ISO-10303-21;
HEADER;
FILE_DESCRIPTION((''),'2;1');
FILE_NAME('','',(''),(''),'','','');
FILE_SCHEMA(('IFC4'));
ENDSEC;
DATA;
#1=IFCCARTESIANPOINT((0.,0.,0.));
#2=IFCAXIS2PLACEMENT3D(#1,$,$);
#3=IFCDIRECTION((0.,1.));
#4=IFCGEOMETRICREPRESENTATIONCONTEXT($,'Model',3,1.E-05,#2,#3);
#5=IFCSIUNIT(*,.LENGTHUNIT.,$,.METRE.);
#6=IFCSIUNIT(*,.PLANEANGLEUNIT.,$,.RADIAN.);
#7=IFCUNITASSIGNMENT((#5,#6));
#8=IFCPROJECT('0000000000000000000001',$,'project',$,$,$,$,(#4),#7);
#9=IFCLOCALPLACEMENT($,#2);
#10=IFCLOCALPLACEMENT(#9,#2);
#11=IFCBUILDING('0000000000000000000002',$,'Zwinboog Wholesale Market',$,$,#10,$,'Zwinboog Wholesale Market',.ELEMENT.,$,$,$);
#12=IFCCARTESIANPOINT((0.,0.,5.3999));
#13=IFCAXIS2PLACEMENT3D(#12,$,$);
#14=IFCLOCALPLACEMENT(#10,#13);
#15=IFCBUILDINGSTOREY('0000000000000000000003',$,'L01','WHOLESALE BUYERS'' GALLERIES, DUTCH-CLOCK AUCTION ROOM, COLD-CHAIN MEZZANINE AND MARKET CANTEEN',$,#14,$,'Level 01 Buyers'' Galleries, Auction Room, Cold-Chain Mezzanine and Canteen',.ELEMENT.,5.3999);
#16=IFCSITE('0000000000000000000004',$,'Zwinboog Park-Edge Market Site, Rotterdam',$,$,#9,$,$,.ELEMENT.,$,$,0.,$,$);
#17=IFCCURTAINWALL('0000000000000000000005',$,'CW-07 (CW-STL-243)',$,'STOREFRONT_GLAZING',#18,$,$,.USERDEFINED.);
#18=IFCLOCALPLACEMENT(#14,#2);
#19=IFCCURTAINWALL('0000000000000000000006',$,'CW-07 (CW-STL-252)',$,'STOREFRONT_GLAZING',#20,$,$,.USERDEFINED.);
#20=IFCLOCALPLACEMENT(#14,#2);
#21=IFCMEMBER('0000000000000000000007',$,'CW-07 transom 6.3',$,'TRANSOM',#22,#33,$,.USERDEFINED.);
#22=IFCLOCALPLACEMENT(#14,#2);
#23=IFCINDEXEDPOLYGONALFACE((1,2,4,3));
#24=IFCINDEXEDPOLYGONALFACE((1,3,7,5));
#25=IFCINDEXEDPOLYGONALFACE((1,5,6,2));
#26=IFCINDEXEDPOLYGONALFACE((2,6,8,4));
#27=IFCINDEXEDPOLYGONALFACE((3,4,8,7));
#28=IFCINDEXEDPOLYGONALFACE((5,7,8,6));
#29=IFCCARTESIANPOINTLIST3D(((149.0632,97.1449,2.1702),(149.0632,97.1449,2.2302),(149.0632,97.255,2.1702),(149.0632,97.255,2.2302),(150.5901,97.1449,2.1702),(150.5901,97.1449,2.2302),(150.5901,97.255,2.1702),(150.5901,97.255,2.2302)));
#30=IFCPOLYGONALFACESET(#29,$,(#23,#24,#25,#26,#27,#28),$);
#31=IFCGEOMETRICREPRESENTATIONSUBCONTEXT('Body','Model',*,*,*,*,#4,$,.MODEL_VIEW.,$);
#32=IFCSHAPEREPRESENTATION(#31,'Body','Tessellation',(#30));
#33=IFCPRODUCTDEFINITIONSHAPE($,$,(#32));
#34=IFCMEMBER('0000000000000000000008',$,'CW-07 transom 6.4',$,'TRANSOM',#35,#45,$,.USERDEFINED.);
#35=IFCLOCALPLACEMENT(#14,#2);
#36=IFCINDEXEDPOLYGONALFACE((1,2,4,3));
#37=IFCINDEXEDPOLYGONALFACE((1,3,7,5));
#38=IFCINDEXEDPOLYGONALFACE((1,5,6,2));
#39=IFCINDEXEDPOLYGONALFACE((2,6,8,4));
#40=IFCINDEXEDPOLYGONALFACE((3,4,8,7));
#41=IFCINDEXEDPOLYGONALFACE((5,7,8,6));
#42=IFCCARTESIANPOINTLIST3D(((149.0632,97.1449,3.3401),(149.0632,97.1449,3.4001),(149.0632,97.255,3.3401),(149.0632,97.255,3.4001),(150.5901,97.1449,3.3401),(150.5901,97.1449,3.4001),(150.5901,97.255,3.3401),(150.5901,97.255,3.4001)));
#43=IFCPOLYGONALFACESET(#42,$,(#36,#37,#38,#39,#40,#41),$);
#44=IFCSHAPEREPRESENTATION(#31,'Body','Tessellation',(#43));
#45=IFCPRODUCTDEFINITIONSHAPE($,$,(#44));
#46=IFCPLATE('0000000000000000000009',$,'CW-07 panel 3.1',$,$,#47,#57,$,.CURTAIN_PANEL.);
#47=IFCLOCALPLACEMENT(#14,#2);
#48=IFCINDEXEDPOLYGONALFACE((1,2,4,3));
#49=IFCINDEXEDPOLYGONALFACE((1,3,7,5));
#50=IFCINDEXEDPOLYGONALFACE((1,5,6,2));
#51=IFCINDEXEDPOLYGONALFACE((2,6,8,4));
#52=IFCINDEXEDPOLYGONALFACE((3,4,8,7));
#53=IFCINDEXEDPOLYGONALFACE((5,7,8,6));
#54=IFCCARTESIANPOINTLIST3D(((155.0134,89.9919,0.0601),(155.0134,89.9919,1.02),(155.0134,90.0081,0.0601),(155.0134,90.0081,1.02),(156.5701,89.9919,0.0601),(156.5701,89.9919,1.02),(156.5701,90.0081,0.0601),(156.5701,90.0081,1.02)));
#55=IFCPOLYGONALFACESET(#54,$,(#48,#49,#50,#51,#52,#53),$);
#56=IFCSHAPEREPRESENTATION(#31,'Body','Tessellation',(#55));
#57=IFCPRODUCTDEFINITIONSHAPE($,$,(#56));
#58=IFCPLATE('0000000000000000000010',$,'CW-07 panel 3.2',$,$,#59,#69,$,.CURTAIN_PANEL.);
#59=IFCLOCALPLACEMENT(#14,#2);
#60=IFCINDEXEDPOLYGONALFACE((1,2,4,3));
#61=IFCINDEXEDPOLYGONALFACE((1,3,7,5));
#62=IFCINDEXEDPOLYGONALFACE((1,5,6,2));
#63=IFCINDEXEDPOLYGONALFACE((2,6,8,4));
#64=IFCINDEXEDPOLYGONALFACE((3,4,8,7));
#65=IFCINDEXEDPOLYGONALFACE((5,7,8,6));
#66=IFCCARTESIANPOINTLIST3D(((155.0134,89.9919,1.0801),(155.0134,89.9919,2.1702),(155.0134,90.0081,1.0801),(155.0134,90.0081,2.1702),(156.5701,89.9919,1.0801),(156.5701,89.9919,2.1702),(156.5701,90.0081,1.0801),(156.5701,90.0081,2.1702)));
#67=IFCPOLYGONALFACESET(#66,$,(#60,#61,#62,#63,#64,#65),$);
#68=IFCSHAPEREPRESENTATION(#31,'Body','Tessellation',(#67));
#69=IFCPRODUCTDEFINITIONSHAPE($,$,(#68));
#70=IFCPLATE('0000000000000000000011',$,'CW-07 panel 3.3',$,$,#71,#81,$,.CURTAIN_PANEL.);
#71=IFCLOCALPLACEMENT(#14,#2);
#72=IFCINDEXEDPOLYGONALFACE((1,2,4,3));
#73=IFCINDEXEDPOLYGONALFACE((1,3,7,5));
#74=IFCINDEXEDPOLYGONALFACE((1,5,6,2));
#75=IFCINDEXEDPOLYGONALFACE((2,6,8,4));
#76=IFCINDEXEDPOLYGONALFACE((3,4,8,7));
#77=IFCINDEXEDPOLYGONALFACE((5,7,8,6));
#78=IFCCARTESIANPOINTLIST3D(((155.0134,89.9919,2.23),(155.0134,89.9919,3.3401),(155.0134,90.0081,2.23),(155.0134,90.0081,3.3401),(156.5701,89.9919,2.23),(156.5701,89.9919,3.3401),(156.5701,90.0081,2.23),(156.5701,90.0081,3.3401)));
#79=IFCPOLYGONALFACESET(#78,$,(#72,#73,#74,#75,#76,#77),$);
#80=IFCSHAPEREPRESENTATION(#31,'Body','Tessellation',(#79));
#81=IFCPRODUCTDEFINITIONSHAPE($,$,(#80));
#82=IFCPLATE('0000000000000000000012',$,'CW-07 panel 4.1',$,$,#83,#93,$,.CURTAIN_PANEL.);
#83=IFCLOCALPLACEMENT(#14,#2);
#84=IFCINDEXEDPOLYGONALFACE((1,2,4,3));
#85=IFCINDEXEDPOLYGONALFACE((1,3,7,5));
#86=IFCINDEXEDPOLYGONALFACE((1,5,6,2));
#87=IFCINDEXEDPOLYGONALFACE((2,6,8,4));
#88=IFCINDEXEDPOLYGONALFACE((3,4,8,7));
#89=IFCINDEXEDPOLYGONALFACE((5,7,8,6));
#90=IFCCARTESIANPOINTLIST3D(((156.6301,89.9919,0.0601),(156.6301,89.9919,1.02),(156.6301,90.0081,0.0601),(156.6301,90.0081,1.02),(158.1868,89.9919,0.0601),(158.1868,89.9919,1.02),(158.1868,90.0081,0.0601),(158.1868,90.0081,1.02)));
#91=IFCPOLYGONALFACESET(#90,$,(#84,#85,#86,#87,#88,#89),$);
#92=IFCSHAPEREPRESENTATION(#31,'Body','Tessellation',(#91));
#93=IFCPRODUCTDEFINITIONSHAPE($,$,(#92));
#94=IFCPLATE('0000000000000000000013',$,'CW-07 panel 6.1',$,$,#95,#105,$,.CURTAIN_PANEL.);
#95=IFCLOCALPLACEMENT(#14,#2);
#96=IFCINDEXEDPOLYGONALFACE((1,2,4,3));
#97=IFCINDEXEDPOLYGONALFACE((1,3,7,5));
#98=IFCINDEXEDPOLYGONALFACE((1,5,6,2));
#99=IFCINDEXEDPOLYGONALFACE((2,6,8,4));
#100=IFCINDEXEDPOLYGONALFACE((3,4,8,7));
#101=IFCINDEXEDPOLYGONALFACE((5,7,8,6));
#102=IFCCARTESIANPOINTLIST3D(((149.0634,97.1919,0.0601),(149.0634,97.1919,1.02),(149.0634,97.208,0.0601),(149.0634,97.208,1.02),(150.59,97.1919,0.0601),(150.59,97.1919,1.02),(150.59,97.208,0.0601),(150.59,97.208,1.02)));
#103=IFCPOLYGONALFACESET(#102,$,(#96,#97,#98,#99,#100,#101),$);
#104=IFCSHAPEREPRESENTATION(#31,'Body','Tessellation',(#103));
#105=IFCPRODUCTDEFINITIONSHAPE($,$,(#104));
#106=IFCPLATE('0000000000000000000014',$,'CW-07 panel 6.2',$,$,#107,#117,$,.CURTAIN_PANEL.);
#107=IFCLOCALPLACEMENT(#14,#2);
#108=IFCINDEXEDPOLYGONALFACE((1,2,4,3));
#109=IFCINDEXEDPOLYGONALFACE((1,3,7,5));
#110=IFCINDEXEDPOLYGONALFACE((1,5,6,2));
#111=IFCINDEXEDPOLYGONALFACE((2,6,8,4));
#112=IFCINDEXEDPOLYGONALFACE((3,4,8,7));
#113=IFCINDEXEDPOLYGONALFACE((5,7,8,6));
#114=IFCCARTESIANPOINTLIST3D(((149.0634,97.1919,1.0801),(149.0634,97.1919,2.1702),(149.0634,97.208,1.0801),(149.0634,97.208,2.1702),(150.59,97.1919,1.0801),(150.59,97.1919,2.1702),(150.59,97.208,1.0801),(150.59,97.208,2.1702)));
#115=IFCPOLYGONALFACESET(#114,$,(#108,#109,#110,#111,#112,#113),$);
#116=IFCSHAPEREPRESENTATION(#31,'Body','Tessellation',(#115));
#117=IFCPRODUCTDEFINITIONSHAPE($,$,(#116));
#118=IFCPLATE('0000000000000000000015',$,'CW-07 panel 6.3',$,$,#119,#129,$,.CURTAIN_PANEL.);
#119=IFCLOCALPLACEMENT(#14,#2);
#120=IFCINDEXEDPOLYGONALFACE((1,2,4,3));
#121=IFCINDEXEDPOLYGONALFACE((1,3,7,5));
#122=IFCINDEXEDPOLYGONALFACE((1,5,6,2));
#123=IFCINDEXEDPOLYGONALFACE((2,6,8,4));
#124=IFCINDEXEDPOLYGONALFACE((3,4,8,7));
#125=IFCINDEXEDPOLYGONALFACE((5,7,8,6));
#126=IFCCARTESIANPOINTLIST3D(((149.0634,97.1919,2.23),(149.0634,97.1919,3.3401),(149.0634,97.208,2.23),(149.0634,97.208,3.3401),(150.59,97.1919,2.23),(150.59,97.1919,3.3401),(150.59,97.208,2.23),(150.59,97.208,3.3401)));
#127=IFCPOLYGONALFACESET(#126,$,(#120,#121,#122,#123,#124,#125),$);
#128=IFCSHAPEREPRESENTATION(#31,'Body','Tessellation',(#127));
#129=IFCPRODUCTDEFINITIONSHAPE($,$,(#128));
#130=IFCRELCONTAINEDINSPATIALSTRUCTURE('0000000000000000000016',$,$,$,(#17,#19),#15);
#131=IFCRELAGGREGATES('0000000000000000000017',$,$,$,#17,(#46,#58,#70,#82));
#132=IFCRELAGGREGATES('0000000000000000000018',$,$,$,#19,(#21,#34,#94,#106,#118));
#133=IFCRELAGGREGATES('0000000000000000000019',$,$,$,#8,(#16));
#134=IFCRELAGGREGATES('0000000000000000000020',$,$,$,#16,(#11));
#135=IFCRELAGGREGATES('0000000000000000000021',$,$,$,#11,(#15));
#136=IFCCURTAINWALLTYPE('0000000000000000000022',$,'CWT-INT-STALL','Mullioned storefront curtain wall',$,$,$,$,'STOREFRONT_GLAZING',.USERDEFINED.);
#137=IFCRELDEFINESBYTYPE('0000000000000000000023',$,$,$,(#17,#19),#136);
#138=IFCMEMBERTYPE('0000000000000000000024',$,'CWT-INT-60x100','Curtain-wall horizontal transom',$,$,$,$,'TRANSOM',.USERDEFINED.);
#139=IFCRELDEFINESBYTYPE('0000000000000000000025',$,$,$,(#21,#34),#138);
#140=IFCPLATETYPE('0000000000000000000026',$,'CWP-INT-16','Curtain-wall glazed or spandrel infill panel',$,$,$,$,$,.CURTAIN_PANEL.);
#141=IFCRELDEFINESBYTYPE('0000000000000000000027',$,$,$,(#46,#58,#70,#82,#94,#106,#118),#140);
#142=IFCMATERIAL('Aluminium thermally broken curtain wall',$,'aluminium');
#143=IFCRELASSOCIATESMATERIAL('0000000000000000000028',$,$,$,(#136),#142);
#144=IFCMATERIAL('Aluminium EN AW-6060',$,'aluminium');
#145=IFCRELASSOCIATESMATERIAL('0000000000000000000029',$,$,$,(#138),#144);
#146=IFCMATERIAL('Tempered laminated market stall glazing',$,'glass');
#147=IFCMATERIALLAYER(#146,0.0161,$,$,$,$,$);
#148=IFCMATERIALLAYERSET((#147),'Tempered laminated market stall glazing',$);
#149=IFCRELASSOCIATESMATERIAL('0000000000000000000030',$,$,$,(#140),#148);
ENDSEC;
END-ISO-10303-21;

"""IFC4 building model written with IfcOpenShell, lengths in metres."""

from ifc_helpers import new_model, si_unit, direction, frame, origin, origin_2d, place, context, subcontext, project, spatial, rectangle, extrude, material, layer, layer_set, material_profile, profile_set, type_object, element, aggregate, save


model = new_model("IFC4")

# Units and contexts
model_context = context("Model", 3, precision=1e-05, world=origin(), true_north=direction((0.0, 1.0)))
body_context = subcontext(model_context, "Body", "Model", "MODEL_VIEW")
ifc_project = project(units=[si_unit("LENGTHUNIT", "METRE"), si_unit("PLANEANGLEUNIT", "RADIAN")], contexts=[model_context])

# Site, building, storey
site_placement = place(None, origin())
site = spatial("IfcSite", under=ifc_project, at=site_placement, Name="Zwinboog Park-Edge Market Site, Rotterdam", CompositionType="ELEMENT", RefElevation=0.0)
building_placement = place(site_placement, origin())
building = spatial("IfcBuilding", under=site, at=building_placement, Name="Zwinboog Wholesale Market", LongName="Zwinboog Wholesale Market", CompositionType="ELEMENT")
storey_placement = place(building_placement, frame((0.0, 0.0, 5.3999)))
storey = spatial("IfcBuildingStorey", under=building, at=storey_placement, Name="L01", Description="WHOLESALE BUYERS' GALLERIES, DUTCH-CLOCK AUCTION ROOM, COLD-CHAIN MEZZANINE AND MARKET CANTEEN", LongName="Level 01 Buyers' Galleries, Auction Room, Cold-Chain Mezzanine and Canteen", CompositionType="ELEMENT", Elevation=5.3999)

# Curtain walls
ifc_material_1 = material(Name="Aluminium thermally broken curtain wall", Category="aluminium")
curtain_wall_type = type_object("IfcCurtainWallType", Name="CWT-INT-STALL", Description="Mullioned storefront curtain wall", ElementType="STOREFRONT_GLAZING", PredefinedType="USERDEFINED", material=ifc_material_1)
curtain_wall_1_placement = place(storey_placement, origin())
curtain_wall_1 = element("IfcCurtainWall", 1, at=curtain_wall_1_placement, inside=storey, type_object=curtain_wall_type, Name="CW-07 (CW-STL-243)", ObjectType="STOREFRONT_GLAZING", PredefinedType="USERDEFINED")
ifc_material_2 = material(Name="Aluminium EN AW-6060", Category="aluminium")
curtain_wall_2_placement = place(storey_placement, origin())
curtain_wall_2 = element("IfcCurtainWall", 2, at=curtain_wall_2_placement, inside=storey, type_object=curtain_wall_type, Name="CW-07 (CW-STL-252)", ObjectType="STOREFRONT_GLAZING", PredefinedType="USERDEFINED")

# Members
ifc_material_profile_1 = material_profile(ifc_material_2, rectangle(XDim=0.1101, YDim=0.0601, at=origin_2d()), Name="AL 60x110")
ifc_profile_set_1 = profile_set([ifc_material_profile_1], Name="Aluminium EN AW-6060")
member_type_1 = type_object("IfcMemberType", Name="CWT-INT-60x100", Description="Curtain-wall horizontal transom", ElementType="TRANSOM", PredefinedType="USERDEFINED", material=ifc_profile_set_1)
member_1_placement = place(storey_placement, frame((149.0632, 97.2, 2.2002), z_axis=(1.0, 0.0, 0.0), x_axis=(0.0, 1.0, 0.0)))
member_1 = element("IfcMember", 3, at=member_1_placement, type_object=member_type_1, Name="CW-07 transom 6.3", ObjectType="TRANSOM", PredefinedType="USERDEFINED", context=body_context, shape_type="SweptSolid", body=[
    extrude(rectangle(XDim=0.1101, YDim=0.0601, at=origin_2d()), origin(), (0.0, 0.0, 1.0), 1.5269),
])
member_2_placement = place(storey_placement, frame((149.0632, 97.2, 3.3701), z_axis=(1.0, 0.0, 0.0), x_axis=(0.0, 1.0, 0.0)))
member_2 = element("IfcMember", 4, at=member_2_placement, type_object=member_type_1, Name="CW-07 transom 6.4", ObjectType="TRANSOM", PredefinedType="USERDEFINED", context=body_context, shape_type="SweptSolid", body=[
    extrude(rectangle(XDim=0.1101, YDim=0.0601, at=origin_2d()), origin(), (0.0, 0.0, 1.0), 1.5269),
])

# Plates
ifc_material_3 = material(Name="Tempered laminated market stall glazing", Category="glass")
ifc_layer = layer(ifc_material_3, 0.0161)
ifc_layer_set = layer_set([ifc_layer], Name="Tempered laminated market stall glazing")
plate_type = type_object("IfcPlateType", Name="CWP-INT-16", Description="Curtain-wall glazed or spandrel infill panel", PredefinedType="CURTAIN_PANEL", material=ifc_layer_set)
plate_1_placement = place(storey_placement, frame((155.7917, 90.0, 0.0601), z_axis=(0.0, 0.0, 1.0), x_axis=(1.0, 0.0, 0.0)))
plate_1 = element("IfcPlate", 5, at=plate_1_placement, type_object=plate_type, Name="CW-07 panel 3.1", PredefinedType="CURTAIN_PANEL", context=body_context, shape_type="SweptSolid", body=[
    extrude(rectangle(XDim=1.5566, YDim=0.0161, at=origin_2d()), origin(), (0.0, 0.0, 1.0), 0.96),
])
plate_2_placement = place(storey_placement, frame((155.7917, 90.0, 1.0801), z_axis=(0.0, 0.0, 1.0), x_axis=(1.0, 0.0, 0.0)))
plate_2 = element("IfcPlate", 6, at=plate_2_placement, type_object=plate_type, Name="CW-07 panel 3.2", PredefinedType="CURTAIN_PANEL", context=body_context, shape_type="SweptSolid", body=[
    extrude(rectangle(XDim=1.5566, YDim=0.0161, at=origin_2d()), origin(), (0.0, 0.0, 1.0), 1.0901),
])
plate_3_placement = place(storey_placement, frame((155.7917, 90.0, 2.23), z_axis=(0.0, 0.0, 1.0), x_axis=(1.0, 0.0, 0.0)))
plate_3 = element("IfcPlate", 7, at=plate_3_placement, type_object=plate_type, Name="CW-07 panel 3.3", PredefinedType="CURTAIN_PANEL", context=body_context, shape_type="SweptSolid", body=[
    extrude(rectangle(XDim=1.5566, YDim=0.0161, at=origin_2d()), origin(), (0.0, 0.0, 1.0), 1.1101),
])
plate_4_placement = place(storey_placement, frame((157.4084, 90.0, 0.0601), z_axis=(0.0, 0.0, 1.0), x_axis=(1.0, 0.0, 0.0)))
plate_4 = element("IfcPlate", 8, at=plate_4_placement, type_object=plate_type, Name="CW-07 panel 4.1", PredefinedType="CURTAIN_PANEL", context=body_context, shape_type="SweptSolid", body=[
    extrude(rectangle(XDim=1.5566, YDim=0.0161, at=origin_2d()), origin(), (0.0, 0.0, 1.0), 0.96),
])
aggregate(curtain_wall_1, [plate_1, plate_2, plate_3, plate_4])
plate_5_placement = place(storey_placement, frame((149.8267, 97.2, 0.0601), z_axis=(0.0, 0.0, 1.0), x_axis=(1.0, 0.0, 0.0)))
plate_5 = element("IfcPlate", 9, at=plate_5_placement, type_object=plate_type, Name="CW-07 panel 6.1", PredefinedType="CURTAIN_PANEL", context=body_context, shape_type="SweptSolid", body=[
    extrude(rectangle(XDim=1.5266, YDim=0.0161, at=origin_2d()), origin(), (0.0, 0.0, 1.0), 0.96),
])
plate_6_placement = place(storey_placement, frame((149.8267, 97.2, 1.0801), z_axis=(0.0, 0.0, 1.0), x_axis=(1.0, 0.0, 0.0)))
plate_6 = element("IfcPlate", 10, at=plate_6_placement, type_object=plate_type, Name="CW-07 panel 6.2", PredefinedType="CURTAIN_PANEL", context=body_context, shape_type="SweptSolid", body=[
    extrude(rectangle(XDim=1.5266, YDim=0.0161, at=origin_2d()), origin(), (0.0, 0.0, 1.0), 1.0901),
])
plate_7_placement = place(storey_placement, frame((149.8267, 97.2, 2.23), z_axis=(0.0, 0.0, 1.0), x_axis=(1.0, 0.0, 0.0)))
plate_7 = element("IfcPlate", 11, at=plate_7_placement, type_object=plate_type, Name="CW-07 panel 6.3", PredefinedType="CURTAIN_PANEL", context=body_context, shape_type="SweptSolid", body=[
    extrude(rectangle(XDim=1.5266, YDim=0.0161, at=origin_2d()), origin(), (0.0, 0.0, 1.0), 1.1101),
])
aggregate(curtain_wall_2, [member_1, member_2, plate_5, plate_6, plate_7])

save(model, "model.ifc")
